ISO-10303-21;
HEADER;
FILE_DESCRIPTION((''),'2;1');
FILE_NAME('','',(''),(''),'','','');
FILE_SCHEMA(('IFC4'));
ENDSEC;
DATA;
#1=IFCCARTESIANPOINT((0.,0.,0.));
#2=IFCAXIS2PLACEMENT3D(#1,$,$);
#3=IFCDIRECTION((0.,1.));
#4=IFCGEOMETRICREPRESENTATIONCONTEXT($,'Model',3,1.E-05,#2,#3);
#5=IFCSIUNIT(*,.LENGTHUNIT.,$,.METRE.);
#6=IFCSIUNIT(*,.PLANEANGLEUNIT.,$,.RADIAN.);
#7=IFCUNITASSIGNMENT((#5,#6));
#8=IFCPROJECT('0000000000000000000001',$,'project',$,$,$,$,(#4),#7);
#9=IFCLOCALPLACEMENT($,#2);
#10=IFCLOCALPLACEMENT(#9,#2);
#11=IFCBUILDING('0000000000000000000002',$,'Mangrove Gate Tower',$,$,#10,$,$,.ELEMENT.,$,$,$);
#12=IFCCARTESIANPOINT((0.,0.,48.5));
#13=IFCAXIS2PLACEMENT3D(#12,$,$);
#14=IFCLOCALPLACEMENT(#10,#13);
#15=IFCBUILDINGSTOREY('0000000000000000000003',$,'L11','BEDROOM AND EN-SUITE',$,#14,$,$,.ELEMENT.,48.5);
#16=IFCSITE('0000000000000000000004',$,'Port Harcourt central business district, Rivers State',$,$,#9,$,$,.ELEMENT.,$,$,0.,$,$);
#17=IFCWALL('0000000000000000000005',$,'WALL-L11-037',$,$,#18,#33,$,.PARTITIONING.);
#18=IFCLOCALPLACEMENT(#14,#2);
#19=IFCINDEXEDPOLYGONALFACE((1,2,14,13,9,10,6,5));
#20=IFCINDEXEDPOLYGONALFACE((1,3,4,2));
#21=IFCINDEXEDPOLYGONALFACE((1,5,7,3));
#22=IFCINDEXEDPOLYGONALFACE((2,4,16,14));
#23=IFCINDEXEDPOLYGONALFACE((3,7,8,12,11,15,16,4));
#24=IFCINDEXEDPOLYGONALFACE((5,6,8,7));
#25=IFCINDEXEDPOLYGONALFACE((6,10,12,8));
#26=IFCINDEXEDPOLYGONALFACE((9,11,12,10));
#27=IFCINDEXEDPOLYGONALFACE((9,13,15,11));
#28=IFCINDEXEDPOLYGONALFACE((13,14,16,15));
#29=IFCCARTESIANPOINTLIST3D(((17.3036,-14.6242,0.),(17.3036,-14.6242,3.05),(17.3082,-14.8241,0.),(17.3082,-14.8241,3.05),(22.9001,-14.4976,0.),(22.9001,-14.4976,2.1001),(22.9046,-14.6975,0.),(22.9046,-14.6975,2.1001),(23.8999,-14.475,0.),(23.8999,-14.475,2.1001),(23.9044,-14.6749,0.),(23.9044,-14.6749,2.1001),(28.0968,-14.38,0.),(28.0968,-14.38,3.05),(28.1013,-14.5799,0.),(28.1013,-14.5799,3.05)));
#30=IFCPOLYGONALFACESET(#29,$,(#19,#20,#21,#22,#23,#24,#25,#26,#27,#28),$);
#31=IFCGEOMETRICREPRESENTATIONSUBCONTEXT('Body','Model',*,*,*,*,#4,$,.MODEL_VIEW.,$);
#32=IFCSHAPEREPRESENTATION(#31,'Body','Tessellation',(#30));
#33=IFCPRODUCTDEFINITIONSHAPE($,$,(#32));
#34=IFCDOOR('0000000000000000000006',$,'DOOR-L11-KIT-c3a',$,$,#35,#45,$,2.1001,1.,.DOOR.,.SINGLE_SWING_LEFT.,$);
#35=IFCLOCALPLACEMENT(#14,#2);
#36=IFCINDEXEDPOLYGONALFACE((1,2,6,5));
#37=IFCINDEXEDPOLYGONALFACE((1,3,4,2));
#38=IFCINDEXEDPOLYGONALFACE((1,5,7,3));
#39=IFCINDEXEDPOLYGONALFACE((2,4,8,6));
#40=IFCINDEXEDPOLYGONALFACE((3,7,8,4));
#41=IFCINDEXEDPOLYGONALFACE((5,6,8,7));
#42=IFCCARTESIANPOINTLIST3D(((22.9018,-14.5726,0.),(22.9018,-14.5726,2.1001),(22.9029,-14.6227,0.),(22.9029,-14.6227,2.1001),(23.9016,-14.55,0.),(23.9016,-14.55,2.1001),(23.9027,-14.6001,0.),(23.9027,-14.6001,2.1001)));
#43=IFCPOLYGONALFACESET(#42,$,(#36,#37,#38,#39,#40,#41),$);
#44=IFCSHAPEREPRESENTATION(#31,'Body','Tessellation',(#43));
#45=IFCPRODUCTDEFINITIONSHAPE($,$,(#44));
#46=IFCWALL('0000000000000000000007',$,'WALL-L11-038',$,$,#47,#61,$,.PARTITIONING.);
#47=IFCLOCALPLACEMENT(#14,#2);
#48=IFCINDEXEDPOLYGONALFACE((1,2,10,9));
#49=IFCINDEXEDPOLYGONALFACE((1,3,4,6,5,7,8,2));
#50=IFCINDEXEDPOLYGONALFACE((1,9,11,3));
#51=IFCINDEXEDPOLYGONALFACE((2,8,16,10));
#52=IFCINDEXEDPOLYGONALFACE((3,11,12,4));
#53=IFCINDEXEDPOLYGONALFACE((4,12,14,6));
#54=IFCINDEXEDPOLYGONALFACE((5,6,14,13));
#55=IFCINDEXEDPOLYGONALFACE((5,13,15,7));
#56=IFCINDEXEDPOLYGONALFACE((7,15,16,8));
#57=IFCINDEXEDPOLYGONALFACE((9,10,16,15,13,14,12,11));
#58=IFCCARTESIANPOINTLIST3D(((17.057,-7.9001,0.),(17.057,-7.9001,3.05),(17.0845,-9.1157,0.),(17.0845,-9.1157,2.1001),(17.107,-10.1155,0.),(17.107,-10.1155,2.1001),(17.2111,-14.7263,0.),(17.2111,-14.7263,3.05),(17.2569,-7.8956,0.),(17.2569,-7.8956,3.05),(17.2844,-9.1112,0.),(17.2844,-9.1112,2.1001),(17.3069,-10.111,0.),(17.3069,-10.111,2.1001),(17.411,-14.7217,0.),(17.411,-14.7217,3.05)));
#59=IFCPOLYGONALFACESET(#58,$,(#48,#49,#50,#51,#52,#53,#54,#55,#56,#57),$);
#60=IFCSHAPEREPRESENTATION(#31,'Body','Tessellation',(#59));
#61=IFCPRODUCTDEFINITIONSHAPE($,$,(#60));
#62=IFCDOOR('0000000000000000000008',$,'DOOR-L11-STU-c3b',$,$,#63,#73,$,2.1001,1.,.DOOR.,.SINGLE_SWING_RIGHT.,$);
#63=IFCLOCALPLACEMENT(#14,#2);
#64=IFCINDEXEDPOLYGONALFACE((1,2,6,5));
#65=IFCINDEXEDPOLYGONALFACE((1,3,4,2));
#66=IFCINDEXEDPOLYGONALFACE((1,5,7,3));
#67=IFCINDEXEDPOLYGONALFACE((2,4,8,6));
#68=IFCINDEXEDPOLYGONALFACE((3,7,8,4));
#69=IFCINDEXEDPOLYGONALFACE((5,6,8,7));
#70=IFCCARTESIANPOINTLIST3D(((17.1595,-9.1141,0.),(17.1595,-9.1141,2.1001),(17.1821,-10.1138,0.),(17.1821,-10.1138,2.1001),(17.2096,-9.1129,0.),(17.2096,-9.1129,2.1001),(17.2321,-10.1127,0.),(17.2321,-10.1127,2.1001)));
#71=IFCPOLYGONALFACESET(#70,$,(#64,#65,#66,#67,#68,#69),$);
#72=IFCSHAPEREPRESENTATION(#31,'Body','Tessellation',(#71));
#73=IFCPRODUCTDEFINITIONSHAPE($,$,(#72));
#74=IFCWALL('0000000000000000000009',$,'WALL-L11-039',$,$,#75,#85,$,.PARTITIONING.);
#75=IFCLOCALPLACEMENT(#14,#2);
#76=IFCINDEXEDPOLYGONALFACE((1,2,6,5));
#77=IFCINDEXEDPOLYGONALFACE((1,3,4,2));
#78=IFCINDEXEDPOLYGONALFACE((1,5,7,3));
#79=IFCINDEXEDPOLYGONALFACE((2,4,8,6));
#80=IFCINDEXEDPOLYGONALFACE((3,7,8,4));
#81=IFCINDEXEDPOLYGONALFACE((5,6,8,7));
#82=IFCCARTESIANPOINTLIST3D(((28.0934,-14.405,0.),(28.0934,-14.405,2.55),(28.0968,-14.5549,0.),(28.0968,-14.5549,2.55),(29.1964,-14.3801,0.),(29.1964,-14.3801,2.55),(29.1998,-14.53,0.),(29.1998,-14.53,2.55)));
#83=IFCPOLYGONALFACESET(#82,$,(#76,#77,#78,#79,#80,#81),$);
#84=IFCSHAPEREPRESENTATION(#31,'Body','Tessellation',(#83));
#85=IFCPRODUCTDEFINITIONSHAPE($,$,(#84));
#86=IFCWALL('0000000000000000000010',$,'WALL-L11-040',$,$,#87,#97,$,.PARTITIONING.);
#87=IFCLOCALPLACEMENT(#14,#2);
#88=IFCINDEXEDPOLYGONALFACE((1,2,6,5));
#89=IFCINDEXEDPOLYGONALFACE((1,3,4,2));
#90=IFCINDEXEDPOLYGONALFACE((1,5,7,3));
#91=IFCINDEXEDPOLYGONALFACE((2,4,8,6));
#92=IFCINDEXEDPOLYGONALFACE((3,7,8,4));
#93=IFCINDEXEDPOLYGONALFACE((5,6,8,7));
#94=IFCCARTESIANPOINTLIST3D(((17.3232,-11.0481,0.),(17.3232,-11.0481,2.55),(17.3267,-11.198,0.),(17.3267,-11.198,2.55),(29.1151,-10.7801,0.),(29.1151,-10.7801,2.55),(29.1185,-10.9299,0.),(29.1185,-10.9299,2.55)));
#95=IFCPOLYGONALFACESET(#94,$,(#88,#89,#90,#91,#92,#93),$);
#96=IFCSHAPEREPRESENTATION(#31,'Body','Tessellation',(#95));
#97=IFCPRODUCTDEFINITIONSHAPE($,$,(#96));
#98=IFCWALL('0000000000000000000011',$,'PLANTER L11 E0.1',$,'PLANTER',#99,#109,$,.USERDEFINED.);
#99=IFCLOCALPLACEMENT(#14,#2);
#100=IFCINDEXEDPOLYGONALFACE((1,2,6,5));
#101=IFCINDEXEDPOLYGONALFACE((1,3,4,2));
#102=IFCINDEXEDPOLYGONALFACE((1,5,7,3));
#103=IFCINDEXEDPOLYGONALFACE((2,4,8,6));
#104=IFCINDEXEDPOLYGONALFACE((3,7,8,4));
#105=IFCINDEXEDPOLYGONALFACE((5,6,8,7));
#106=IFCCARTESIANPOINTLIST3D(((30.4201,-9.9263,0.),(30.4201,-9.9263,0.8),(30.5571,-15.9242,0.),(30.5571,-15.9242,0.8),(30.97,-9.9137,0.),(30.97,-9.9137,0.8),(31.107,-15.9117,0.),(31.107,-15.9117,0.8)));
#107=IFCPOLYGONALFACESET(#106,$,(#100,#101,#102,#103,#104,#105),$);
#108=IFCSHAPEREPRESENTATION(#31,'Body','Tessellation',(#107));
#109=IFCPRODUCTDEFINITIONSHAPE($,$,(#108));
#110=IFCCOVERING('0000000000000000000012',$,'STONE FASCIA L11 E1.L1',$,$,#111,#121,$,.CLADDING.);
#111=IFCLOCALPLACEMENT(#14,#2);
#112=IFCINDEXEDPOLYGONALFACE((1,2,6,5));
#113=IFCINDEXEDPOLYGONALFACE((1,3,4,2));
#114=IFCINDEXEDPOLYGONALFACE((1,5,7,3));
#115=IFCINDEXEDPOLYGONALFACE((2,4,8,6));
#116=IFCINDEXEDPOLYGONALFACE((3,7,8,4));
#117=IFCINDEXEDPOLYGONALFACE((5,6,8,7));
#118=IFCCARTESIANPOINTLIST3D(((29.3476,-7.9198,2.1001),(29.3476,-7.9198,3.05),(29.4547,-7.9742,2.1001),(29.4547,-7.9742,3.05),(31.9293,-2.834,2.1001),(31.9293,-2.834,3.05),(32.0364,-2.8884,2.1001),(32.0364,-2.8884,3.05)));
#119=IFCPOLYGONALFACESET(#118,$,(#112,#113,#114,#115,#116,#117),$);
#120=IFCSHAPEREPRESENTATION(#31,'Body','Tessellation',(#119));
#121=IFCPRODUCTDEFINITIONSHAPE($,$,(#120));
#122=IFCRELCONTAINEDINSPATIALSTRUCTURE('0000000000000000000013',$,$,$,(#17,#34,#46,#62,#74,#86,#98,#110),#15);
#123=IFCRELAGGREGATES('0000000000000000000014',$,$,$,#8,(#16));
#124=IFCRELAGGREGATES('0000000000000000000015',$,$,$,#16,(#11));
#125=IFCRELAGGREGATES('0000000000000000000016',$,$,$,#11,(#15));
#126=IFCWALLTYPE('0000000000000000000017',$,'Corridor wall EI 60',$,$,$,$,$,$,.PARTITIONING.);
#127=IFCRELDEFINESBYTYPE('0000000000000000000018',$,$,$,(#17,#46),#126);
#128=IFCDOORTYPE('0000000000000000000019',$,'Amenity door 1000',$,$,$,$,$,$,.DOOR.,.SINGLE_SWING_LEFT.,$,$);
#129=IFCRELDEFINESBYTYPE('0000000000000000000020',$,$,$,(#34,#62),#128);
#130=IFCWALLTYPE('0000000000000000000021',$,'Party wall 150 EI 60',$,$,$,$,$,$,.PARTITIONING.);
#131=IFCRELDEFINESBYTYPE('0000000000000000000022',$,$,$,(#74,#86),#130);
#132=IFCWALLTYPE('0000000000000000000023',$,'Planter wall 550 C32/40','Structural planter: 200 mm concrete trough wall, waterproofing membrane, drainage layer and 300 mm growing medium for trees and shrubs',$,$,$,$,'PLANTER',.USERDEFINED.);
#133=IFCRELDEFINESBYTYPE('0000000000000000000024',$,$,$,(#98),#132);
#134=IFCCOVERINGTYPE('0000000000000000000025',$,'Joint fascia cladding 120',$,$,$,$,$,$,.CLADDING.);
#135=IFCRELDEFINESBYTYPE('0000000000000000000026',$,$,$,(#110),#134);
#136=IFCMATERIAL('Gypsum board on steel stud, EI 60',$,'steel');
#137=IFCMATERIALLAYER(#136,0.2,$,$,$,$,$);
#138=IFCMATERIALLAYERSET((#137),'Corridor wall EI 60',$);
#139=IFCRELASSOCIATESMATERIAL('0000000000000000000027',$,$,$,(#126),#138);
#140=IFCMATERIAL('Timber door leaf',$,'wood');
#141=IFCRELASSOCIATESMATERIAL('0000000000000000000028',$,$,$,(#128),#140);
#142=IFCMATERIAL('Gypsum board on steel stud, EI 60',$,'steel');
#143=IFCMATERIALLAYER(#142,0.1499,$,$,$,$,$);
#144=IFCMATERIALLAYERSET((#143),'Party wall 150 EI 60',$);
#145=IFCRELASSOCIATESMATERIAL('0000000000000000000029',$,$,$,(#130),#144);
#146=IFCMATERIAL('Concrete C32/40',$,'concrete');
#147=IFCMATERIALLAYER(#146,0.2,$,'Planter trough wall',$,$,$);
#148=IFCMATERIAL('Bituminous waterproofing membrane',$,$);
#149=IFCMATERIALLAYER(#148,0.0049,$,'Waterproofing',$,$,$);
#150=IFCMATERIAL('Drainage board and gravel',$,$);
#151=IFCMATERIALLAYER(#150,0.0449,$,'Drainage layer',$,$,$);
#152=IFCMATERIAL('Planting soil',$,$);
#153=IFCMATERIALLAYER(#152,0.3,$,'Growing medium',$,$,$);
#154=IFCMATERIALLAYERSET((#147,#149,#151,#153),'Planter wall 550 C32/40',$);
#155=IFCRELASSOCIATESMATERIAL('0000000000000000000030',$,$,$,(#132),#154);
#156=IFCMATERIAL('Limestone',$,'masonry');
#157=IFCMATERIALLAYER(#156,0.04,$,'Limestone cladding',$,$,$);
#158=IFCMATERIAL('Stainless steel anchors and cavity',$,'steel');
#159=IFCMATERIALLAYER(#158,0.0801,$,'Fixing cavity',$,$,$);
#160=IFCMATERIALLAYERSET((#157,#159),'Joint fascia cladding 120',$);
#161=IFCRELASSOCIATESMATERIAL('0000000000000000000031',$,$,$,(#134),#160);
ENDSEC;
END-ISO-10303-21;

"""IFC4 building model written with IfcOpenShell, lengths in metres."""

from ifc_helpers import new_model, si_unit, direction, frame, frame_2d, origin, place, context, subcontext, project, spatial, rectangle, extrude, material, layer, layer_set, type_object, element, fill, save


model = new_model("IFC4")

# Units and contexts
model_context = context("Model", 3, precision=1e-05, world=origin(), true_north=direction((0.0, 1.0)))
body_context = subcontext(model_context, "Body", "Model", "MODEL_VIEW")
ifc_project = project(units=[si_unit("LENGTHUNIT", "METRE"), si_unit("PLANEANGLEUNIT", "RADIAN")], contexts=[model_context])

# Site, building, storey
site_placement = place(None, origin())
site = spatial("IfcSite", under=ifc_project, at=site_placement, Name="Port Harcourt central business district, Rivers State", CompositionType="ELEMENT", RefElevation=0.0)
building_placement = place(site_placement, origin())
building = spatial("IfcBuilding", under=site, at=building_placement, Name="Mangrove Gate Tower", CompositionType="ELEMENT")
storey_placement = place(building_placement, frame((0.0, 0.0, 48.5)))
storey = spatial("IfcBuildingStorey", under=building, at=storey_placement, Name="L11", Description="BEDROOM AND EN-SUITE", CompositionType="ELEMENT", Elevation=48.5)

# Shared definitions
ifc_material_1 = material(Name="Gypsum board on steel stud, EI 60", Category="steel")
ifc_layer_1 = layer(ifc_material_1, 0.2)
ifc_layer_set_1 = layer_set([ifc_layer_1], Name="Corridor wall EI 60")
wall_type_1 = type_object("IfcWallType", Name="Corridor wall EI 60", PredefinedType="PARTITIONING", material=ifc_layer_set_1)

# Walls, openings, doors
wall_1_placement = place(storey_placement, frame((17.3059, -14.7241, 0.0), z_axis=(0.0, 0.0, 1.0), x_axis=(0.999744, 0.022614, 0.0)))
wall_1 = element("IfcWall", 1, at=wall_1_placement, inside=storey, type_object=wall_type_1, Name="WALL-L11-037", PredefinedType="PARTITIONING", context=body_context, shape_type="SweptSolid", body=[
    extrude(rectangle(XDim=10.7959, YDim=0.2, at=frame_2d((5.3979, 0.0))), origin(), (0.0, 0.0, 1.0), 3.05),
])
opening_1_placement = place(wall_1_placement, frame((5.5979, 0.0, 0.0)))
opening_1 = element("IfcOpeningElement", 2, at=opening_1_placement, cuts=wall_1, PredefinedType="OPENING", context=body_context, shape_type="SweptSolid", body=[
    extrude(rectangle(XDim=1.0, YDim=2.1001, at=frame_2d((0.5, 1.05))), frame((0.0, 0.1099, 0.0), z_axis=(0.0, -1.0, 0.0), x_axis=(1.0, 0.0, 0.0)), (0.0, 0.0, 1.0), 0.22),
])
ifc_material_2 = material(Name="Timber door leaf", Category="wood")
door_type = type_object("IfcDoorType", Name="Amenity door 1000", OperationType="SINGLE_SWING_LEFT", PredefinedType="DOOR", material=ifc_material_2)
door_1_placement = place(opening_1_placement, origin())
door_1 = element("IfcDoor", 3, at=door_1_placement, inside=storey, type_object=door_type, Name="DOOR-L11-KIT-c3a", OperationType="SINGLE_SWING_LEFT", OverallHeight=2.1001, OverallWidth=1.0, PredefinedType="DOOR", context=body_context, shape_type="SweptSolid", body=[
    extrude(rectangle(XDim=1.0, YDim=2.1001, at=frame_2d((0.5, 1.05))), frame((0.0, 0.0249, 0.0), z_axis=(0.0, -1.0, 0.0), x_axis=(1.0, 0.0, 0.0)), (0.0, 0.0, 1.0), 0.05),
])
fill(opening_1, door_1)
wall_2_placement = place(storey_placement, frame((17.311, -14.7241, 0.0), z_axis=(0.0, 0.0, 1.0), x_axis=(-0.022562, 0.999745, 0.0)))
wall_2 = element("IfcWall", 4, at=wall_2_placement, inside=storey, type_object=wall_type_1, Name="WALL-L11-038", PredefinedType="PARTITIONING", context=body_context, shape_type="SweptSolid", body=[
    extrude(rectangle(XDim=6.8279, YDim=0.2, at=frame_2d((3.4141, 0.0))), origin(), (0.0, 0.0, 1.0), 3.05),
])
opening_2_placement = place(wall_2_placement, frame((4.6121, 0.0, 0.0)))
opening_2 = element("IfcOpeningElement", 5, at=opening_2_placement, cuts=wall_2, PredefinedType="OPENING", context=body_context, shape_type="SweptSolid", body=[
    extrude(rectangle(XDim=1.0, YDim=2.1001, at=frame_2d((0.5, 1.05))), frame((0.0, 0.1099, 0.0), z_axis=(0.0, -1.0, 0.0), x_axis=(1.0, 0.0, 0.0)), (0.0, 0.0, 1.0), 0.22),
])
door_2_placement = place(opening_2_placement, origin())
door_2 = element("IfcDoor", 6, at=door_2_placement, inside=storey, type_object=door_type, Name="DOOR-L11-STU-c3b", OperationType="SINGLE_SWING_RIGHT", OverallHeight=2.1001, OverallWidth=1.0, PredefinedType="DOOR", context=body_context, shape_type="SweptSolid", body=[
    extrude(rectangle(XDim=1.0, YDim=2.1001, at=frame_2d((0.5, 1.05))), frame((0.0, 0.0249, 0.0), z_axis=(0.0, -1.0, 0.0), x_axis=(1.0, 0.0, 0.0)), (0.0, 0.0, 1.0), 0.05),
])
fill(opening_2, door_2)

# Walls
ifc_material_3 = material(Name="Gypsum board on steel stud, EI 60", Category="steel")
ifc_layer_2 = layer(ifc_material_3, 0.1499)
ifc_layer_set_2 = layer_set([ifc_layer_2], Name="Party wall 150 EI 60")
wall_type_2 = type_object("IfcWallType", Name="Party wall 150 EI 60", PredefinedType="PARTITIONING", material=ifc_layer_set_2)
wall_3_placement = place(storey_placement, frame((28.095, -14.48, 0.0), z_axis=(0.0, 0.0, 1.0), x_axis=(0.999745, 0.022571, 0.0)))
element("IfcWall", 7, at=wall_3_placement, inside=storey, type_object=wall_type_2, Name="WALL-L11-039", PredefinedType="PARTITIONING", context=body_context, shape_type="SweptSolid", body=[
    extrude(rectangle(XDim=1.1033, YDim=0.1499, at=frame_2d((0.5518, 0.0))), origin(), (0.0, 0.0, 1.0), 2.55),
])
wall_4_placement = place(storey_placement, frame((17.325, -11.123, 0.0), z_axis=(0.0, 0.0, 1.0), x_axis=(0.999742, 0.022727, 0.0)))
element("IfcWall", 8, at=wall_4_placement, inside=storey, type_object=wall_type_2, Name="WALL-L11-040", PredefinedType="PARTITIONING", context=body_context, shape_type="SweptSolid", body=[
    extrude(rectangle(XDim=11.7949, YDim=0.1499, at=frame_2d((5.8975, 0.0))), origin(), (0.0, 0.0, 1.0), 2.55),
])
ifc_material_4 = material(Name="Concrete C32/40", Category="concrete")
ifc_layer_3 = layer(ifc_material_4, 0.2, Name="Planter trough wall")
ifc_material_5 = material(Name="Bituminous waterproofing membrane")
ifc_layer_4 = layer(ifc_material_5, 0.0049, Name="Waterproofing")
ifc_material_6 = material(Name="Drainage board and gravel")
ifc_layer_5 = layer(ifc_material_6, 0.0449, Name="Drainage layer")
ifc_material_7 = material(Name="Planting soil")
ifc_layer_6 = layer(ifc_material_7, 0.3, Name="Growing medium")
ifc_layer_set_3 = layer_set([ifc_layer_3, ifc_layer_4, ifc_layer_5, ifc_layer_6], Name="Planter wall 550 C32/40")
wall_type_3 = type_object("IfcWallType", Name="Planter wall 550 C32/40", Description="Structural planter: 200 mm concrete trough wall, waterproofing membrane, drainage layer and 300 mm growing medium for trees and shrubs", ElementType="PLANTER", PredefinedType="USERDEFINED", material=ifc_layer_set_3)
wall_5_placement = place(storey_placement, frame((30.832, -15.918, 0.0), z_axis=(0.0, 0.0, 1.0), x_axis=(-0.022829, 0.999739, 0.0)))
element("IfcWall", 9, at=wall_5_placement, inside=storey, type_object=wall_type_3, Name="PLANTER L11 E0.1", ObjectType="PLANTER", PredefinedType="USERDEFINED", context=body_context, shape_type="SweptSolid", body=[
    extrude(rectangle(XDim=5.9995, YDim=0.55, at=frame_2d((2.9998, 0.0))), origin(), (0.0, 0.0, 1.0), 0.8),
])

# Covering
ifc_material_8 = material(Name="Limestone", Category="masonry")
ifc_layer_7 = layer(ifc_material_8, 0.04, Name="Limestone cladding")
ifc_material_9 = material(Name="Stainless steel anchors and cavity", Category="steel")
ifc_layer_8 = layer(ifc_material_9, 0.0801, Name="Fixing cavity")
ifc_layer_set_4 = layer_set([ifc_layer_7, ifc_layer_8], Name="Joint fascia cladding 120")
covering_type = type_object("IfcCoveringType", Name="Joint fascia cladding 120", PredefinedType="CLADDING", material=ifc_layer_set_4)
covering_placement = place(storey_placement, frame((29.4011, -7.947, 2.1001), z_axis=(0.0, 0.0, 1.0), x_axis=(0.45265, 0.891688, 0.0)))
element("IfcCovering", 10, at=covering_placement, inside=storey, type_object=covering_type, Name="STONE FASCIA L11 E1.L1", PredefinedType="CLADDING", context=body_context, shape_type="SweptSolid", body=[
    extrude(rectangle(XDim=5.7036, YDim=0.1201, at=frame_2d((2.8518, 0.0))), origin(), (0.0, 0.0, 1.0), 0.95),
])

save(model, "model.ifc")
